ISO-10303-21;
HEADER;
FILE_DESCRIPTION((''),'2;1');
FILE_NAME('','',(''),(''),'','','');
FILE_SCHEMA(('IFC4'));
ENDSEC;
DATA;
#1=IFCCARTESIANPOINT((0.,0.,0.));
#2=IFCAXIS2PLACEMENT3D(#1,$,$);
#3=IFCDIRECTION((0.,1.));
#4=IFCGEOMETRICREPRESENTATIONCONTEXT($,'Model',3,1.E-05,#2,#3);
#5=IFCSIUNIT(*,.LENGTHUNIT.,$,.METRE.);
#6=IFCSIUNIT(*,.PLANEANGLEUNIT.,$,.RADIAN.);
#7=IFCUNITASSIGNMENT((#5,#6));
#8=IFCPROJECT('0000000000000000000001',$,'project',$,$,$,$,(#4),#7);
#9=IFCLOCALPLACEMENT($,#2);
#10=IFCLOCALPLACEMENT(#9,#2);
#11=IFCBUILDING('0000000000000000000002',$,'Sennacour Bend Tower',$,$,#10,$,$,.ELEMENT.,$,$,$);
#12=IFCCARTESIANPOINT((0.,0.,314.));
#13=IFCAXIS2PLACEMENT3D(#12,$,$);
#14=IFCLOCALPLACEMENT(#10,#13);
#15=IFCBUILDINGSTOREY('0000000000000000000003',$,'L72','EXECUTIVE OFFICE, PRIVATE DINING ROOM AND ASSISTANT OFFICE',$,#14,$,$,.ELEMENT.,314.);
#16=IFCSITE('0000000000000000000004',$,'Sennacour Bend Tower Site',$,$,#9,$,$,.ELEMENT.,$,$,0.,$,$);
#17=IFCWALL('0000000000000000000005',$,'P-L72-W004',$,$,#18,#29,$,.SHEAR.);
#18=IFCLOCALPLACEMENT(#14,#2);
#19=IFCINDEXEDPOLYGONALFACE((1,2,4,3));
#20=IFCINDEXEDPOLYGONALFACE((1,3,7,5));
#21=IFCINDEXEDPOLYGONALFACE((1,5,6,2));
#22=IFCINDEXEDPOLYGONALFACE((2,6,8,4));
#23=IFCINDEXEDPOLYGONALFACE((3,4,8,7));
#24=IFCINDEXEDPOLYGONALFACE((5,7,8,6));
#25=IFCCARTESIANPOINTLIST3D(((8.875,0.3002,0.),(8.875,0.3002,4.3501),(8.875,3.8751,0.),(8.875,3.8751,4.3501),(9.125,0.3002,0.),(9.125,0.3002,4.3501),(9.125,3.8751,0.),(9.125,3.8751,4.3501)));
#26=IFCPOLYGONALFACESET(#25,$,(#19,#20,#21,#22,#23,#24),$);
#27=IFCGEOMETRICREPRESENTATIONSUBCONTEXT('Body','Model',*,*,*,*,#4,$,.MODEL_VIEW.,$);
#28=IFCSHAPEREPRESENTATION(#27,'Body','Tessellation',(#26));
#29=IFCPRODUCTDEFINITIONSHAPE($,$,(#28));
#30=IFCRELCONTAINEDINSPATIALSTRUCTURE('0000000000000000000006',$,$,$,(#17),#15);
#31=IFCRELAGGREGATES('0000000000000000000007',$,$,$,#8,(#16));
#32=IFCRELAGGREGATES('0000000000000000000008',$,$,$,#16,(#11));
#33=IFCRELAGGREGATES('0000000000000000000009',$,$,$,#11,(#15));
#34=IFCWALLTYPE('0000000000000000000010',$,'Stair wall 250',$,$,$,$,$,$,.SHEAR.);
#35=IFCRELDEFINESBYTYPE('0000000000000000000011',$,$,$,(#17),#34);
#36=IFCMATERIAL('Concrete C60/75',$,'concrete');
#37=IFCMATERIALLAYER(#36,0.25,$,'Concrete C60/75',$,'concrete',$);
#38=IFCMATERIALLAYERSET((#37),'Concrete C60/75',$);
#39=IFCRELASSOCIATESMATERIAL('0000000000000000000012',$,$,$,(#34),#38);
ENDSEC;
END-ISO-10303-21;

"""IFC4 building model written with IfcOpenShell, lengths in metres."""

from ifc_helpers import new_model, si_unit, direction, frame, frame_2d, origin, place, context, subcontext, project, spatial, rectangle, extrude, material, layer, layer_set, type_object, element, save


model = new_model("IFC4")

# Units and contexts
model_context = context("Model", 3, precision=1e-05, world=origin(), true_north=direction((0.0, 1.0)))
body_context = subcontext(model_context, "Body", "Model", "MODEL_VIEW")
ifc_project = project(units=[si_unit("LENGTHUNIT", "METRE"), si_unit("PLANEANGLEUNIT", "RADIAN")], contexts=[model_context])

# Site, building, storey
site_placement = place(None, origin())
site = spatial("IfcSite", under=ifc_project, at=site_placement, Name="Sennacour Bend Tower Site", CompositionType="ELEMENT", RefElevation=0.0)
building_placement = place(site_placement, origin())
building = spatial("IfcBuilding", under=site, at=building_placement, Name="Sennacour Bend Tower", CompositionType="ELEMENT")
storey_placement = place(building_placement, frame((0.0, 0.0, 314.0)))
storey = spatial("IfcBuildingStorey", under=building, at=storey_placement, Name="L72", Description="EXECUTIVE OFFICE, PRIVATE DINING ROOM AND ASSISTANT OFFICE", CompositionType="ELEMENT", Elevation=314.0)

# Wall
ifc_material_1 = material(Name="Concrete C60/75", Category="concrete")
ifc_layer_1 = layer(ifc_material_1, 0.25, Name="Concrete C60/75", Category="concrete")
ifc_layer_set_1 = layer_set([ifc_layer_1], Name="Concrete C60/75")
wall_type = type_object("IfcWallType", Name="Stair wall 250", PredefinedType="SHEAR", material=ifc_layer_set_1)
wall_placement = place(storey_placement, frame((9.0, 0.3, 0.0), z_axis=(0.0, 0.0, 1.0), x_axis=(0.0, 1.0, 0.0)))
element("IfcWall", 1, at=wall_placement, inside=storey, type_object=wall_type, Name="P-L72-W004", PredefinedType="SHEAR", context=body_context, shape_type="SweptSolid", body=[
    extrude(rectangle(XDim=3.575, YDim=0.25, at=frame_2d((1.7876, 0.0))), origin(), (0.0, 0.0, 1.0), 4.3501),
])

save(model, "model.ifc")
